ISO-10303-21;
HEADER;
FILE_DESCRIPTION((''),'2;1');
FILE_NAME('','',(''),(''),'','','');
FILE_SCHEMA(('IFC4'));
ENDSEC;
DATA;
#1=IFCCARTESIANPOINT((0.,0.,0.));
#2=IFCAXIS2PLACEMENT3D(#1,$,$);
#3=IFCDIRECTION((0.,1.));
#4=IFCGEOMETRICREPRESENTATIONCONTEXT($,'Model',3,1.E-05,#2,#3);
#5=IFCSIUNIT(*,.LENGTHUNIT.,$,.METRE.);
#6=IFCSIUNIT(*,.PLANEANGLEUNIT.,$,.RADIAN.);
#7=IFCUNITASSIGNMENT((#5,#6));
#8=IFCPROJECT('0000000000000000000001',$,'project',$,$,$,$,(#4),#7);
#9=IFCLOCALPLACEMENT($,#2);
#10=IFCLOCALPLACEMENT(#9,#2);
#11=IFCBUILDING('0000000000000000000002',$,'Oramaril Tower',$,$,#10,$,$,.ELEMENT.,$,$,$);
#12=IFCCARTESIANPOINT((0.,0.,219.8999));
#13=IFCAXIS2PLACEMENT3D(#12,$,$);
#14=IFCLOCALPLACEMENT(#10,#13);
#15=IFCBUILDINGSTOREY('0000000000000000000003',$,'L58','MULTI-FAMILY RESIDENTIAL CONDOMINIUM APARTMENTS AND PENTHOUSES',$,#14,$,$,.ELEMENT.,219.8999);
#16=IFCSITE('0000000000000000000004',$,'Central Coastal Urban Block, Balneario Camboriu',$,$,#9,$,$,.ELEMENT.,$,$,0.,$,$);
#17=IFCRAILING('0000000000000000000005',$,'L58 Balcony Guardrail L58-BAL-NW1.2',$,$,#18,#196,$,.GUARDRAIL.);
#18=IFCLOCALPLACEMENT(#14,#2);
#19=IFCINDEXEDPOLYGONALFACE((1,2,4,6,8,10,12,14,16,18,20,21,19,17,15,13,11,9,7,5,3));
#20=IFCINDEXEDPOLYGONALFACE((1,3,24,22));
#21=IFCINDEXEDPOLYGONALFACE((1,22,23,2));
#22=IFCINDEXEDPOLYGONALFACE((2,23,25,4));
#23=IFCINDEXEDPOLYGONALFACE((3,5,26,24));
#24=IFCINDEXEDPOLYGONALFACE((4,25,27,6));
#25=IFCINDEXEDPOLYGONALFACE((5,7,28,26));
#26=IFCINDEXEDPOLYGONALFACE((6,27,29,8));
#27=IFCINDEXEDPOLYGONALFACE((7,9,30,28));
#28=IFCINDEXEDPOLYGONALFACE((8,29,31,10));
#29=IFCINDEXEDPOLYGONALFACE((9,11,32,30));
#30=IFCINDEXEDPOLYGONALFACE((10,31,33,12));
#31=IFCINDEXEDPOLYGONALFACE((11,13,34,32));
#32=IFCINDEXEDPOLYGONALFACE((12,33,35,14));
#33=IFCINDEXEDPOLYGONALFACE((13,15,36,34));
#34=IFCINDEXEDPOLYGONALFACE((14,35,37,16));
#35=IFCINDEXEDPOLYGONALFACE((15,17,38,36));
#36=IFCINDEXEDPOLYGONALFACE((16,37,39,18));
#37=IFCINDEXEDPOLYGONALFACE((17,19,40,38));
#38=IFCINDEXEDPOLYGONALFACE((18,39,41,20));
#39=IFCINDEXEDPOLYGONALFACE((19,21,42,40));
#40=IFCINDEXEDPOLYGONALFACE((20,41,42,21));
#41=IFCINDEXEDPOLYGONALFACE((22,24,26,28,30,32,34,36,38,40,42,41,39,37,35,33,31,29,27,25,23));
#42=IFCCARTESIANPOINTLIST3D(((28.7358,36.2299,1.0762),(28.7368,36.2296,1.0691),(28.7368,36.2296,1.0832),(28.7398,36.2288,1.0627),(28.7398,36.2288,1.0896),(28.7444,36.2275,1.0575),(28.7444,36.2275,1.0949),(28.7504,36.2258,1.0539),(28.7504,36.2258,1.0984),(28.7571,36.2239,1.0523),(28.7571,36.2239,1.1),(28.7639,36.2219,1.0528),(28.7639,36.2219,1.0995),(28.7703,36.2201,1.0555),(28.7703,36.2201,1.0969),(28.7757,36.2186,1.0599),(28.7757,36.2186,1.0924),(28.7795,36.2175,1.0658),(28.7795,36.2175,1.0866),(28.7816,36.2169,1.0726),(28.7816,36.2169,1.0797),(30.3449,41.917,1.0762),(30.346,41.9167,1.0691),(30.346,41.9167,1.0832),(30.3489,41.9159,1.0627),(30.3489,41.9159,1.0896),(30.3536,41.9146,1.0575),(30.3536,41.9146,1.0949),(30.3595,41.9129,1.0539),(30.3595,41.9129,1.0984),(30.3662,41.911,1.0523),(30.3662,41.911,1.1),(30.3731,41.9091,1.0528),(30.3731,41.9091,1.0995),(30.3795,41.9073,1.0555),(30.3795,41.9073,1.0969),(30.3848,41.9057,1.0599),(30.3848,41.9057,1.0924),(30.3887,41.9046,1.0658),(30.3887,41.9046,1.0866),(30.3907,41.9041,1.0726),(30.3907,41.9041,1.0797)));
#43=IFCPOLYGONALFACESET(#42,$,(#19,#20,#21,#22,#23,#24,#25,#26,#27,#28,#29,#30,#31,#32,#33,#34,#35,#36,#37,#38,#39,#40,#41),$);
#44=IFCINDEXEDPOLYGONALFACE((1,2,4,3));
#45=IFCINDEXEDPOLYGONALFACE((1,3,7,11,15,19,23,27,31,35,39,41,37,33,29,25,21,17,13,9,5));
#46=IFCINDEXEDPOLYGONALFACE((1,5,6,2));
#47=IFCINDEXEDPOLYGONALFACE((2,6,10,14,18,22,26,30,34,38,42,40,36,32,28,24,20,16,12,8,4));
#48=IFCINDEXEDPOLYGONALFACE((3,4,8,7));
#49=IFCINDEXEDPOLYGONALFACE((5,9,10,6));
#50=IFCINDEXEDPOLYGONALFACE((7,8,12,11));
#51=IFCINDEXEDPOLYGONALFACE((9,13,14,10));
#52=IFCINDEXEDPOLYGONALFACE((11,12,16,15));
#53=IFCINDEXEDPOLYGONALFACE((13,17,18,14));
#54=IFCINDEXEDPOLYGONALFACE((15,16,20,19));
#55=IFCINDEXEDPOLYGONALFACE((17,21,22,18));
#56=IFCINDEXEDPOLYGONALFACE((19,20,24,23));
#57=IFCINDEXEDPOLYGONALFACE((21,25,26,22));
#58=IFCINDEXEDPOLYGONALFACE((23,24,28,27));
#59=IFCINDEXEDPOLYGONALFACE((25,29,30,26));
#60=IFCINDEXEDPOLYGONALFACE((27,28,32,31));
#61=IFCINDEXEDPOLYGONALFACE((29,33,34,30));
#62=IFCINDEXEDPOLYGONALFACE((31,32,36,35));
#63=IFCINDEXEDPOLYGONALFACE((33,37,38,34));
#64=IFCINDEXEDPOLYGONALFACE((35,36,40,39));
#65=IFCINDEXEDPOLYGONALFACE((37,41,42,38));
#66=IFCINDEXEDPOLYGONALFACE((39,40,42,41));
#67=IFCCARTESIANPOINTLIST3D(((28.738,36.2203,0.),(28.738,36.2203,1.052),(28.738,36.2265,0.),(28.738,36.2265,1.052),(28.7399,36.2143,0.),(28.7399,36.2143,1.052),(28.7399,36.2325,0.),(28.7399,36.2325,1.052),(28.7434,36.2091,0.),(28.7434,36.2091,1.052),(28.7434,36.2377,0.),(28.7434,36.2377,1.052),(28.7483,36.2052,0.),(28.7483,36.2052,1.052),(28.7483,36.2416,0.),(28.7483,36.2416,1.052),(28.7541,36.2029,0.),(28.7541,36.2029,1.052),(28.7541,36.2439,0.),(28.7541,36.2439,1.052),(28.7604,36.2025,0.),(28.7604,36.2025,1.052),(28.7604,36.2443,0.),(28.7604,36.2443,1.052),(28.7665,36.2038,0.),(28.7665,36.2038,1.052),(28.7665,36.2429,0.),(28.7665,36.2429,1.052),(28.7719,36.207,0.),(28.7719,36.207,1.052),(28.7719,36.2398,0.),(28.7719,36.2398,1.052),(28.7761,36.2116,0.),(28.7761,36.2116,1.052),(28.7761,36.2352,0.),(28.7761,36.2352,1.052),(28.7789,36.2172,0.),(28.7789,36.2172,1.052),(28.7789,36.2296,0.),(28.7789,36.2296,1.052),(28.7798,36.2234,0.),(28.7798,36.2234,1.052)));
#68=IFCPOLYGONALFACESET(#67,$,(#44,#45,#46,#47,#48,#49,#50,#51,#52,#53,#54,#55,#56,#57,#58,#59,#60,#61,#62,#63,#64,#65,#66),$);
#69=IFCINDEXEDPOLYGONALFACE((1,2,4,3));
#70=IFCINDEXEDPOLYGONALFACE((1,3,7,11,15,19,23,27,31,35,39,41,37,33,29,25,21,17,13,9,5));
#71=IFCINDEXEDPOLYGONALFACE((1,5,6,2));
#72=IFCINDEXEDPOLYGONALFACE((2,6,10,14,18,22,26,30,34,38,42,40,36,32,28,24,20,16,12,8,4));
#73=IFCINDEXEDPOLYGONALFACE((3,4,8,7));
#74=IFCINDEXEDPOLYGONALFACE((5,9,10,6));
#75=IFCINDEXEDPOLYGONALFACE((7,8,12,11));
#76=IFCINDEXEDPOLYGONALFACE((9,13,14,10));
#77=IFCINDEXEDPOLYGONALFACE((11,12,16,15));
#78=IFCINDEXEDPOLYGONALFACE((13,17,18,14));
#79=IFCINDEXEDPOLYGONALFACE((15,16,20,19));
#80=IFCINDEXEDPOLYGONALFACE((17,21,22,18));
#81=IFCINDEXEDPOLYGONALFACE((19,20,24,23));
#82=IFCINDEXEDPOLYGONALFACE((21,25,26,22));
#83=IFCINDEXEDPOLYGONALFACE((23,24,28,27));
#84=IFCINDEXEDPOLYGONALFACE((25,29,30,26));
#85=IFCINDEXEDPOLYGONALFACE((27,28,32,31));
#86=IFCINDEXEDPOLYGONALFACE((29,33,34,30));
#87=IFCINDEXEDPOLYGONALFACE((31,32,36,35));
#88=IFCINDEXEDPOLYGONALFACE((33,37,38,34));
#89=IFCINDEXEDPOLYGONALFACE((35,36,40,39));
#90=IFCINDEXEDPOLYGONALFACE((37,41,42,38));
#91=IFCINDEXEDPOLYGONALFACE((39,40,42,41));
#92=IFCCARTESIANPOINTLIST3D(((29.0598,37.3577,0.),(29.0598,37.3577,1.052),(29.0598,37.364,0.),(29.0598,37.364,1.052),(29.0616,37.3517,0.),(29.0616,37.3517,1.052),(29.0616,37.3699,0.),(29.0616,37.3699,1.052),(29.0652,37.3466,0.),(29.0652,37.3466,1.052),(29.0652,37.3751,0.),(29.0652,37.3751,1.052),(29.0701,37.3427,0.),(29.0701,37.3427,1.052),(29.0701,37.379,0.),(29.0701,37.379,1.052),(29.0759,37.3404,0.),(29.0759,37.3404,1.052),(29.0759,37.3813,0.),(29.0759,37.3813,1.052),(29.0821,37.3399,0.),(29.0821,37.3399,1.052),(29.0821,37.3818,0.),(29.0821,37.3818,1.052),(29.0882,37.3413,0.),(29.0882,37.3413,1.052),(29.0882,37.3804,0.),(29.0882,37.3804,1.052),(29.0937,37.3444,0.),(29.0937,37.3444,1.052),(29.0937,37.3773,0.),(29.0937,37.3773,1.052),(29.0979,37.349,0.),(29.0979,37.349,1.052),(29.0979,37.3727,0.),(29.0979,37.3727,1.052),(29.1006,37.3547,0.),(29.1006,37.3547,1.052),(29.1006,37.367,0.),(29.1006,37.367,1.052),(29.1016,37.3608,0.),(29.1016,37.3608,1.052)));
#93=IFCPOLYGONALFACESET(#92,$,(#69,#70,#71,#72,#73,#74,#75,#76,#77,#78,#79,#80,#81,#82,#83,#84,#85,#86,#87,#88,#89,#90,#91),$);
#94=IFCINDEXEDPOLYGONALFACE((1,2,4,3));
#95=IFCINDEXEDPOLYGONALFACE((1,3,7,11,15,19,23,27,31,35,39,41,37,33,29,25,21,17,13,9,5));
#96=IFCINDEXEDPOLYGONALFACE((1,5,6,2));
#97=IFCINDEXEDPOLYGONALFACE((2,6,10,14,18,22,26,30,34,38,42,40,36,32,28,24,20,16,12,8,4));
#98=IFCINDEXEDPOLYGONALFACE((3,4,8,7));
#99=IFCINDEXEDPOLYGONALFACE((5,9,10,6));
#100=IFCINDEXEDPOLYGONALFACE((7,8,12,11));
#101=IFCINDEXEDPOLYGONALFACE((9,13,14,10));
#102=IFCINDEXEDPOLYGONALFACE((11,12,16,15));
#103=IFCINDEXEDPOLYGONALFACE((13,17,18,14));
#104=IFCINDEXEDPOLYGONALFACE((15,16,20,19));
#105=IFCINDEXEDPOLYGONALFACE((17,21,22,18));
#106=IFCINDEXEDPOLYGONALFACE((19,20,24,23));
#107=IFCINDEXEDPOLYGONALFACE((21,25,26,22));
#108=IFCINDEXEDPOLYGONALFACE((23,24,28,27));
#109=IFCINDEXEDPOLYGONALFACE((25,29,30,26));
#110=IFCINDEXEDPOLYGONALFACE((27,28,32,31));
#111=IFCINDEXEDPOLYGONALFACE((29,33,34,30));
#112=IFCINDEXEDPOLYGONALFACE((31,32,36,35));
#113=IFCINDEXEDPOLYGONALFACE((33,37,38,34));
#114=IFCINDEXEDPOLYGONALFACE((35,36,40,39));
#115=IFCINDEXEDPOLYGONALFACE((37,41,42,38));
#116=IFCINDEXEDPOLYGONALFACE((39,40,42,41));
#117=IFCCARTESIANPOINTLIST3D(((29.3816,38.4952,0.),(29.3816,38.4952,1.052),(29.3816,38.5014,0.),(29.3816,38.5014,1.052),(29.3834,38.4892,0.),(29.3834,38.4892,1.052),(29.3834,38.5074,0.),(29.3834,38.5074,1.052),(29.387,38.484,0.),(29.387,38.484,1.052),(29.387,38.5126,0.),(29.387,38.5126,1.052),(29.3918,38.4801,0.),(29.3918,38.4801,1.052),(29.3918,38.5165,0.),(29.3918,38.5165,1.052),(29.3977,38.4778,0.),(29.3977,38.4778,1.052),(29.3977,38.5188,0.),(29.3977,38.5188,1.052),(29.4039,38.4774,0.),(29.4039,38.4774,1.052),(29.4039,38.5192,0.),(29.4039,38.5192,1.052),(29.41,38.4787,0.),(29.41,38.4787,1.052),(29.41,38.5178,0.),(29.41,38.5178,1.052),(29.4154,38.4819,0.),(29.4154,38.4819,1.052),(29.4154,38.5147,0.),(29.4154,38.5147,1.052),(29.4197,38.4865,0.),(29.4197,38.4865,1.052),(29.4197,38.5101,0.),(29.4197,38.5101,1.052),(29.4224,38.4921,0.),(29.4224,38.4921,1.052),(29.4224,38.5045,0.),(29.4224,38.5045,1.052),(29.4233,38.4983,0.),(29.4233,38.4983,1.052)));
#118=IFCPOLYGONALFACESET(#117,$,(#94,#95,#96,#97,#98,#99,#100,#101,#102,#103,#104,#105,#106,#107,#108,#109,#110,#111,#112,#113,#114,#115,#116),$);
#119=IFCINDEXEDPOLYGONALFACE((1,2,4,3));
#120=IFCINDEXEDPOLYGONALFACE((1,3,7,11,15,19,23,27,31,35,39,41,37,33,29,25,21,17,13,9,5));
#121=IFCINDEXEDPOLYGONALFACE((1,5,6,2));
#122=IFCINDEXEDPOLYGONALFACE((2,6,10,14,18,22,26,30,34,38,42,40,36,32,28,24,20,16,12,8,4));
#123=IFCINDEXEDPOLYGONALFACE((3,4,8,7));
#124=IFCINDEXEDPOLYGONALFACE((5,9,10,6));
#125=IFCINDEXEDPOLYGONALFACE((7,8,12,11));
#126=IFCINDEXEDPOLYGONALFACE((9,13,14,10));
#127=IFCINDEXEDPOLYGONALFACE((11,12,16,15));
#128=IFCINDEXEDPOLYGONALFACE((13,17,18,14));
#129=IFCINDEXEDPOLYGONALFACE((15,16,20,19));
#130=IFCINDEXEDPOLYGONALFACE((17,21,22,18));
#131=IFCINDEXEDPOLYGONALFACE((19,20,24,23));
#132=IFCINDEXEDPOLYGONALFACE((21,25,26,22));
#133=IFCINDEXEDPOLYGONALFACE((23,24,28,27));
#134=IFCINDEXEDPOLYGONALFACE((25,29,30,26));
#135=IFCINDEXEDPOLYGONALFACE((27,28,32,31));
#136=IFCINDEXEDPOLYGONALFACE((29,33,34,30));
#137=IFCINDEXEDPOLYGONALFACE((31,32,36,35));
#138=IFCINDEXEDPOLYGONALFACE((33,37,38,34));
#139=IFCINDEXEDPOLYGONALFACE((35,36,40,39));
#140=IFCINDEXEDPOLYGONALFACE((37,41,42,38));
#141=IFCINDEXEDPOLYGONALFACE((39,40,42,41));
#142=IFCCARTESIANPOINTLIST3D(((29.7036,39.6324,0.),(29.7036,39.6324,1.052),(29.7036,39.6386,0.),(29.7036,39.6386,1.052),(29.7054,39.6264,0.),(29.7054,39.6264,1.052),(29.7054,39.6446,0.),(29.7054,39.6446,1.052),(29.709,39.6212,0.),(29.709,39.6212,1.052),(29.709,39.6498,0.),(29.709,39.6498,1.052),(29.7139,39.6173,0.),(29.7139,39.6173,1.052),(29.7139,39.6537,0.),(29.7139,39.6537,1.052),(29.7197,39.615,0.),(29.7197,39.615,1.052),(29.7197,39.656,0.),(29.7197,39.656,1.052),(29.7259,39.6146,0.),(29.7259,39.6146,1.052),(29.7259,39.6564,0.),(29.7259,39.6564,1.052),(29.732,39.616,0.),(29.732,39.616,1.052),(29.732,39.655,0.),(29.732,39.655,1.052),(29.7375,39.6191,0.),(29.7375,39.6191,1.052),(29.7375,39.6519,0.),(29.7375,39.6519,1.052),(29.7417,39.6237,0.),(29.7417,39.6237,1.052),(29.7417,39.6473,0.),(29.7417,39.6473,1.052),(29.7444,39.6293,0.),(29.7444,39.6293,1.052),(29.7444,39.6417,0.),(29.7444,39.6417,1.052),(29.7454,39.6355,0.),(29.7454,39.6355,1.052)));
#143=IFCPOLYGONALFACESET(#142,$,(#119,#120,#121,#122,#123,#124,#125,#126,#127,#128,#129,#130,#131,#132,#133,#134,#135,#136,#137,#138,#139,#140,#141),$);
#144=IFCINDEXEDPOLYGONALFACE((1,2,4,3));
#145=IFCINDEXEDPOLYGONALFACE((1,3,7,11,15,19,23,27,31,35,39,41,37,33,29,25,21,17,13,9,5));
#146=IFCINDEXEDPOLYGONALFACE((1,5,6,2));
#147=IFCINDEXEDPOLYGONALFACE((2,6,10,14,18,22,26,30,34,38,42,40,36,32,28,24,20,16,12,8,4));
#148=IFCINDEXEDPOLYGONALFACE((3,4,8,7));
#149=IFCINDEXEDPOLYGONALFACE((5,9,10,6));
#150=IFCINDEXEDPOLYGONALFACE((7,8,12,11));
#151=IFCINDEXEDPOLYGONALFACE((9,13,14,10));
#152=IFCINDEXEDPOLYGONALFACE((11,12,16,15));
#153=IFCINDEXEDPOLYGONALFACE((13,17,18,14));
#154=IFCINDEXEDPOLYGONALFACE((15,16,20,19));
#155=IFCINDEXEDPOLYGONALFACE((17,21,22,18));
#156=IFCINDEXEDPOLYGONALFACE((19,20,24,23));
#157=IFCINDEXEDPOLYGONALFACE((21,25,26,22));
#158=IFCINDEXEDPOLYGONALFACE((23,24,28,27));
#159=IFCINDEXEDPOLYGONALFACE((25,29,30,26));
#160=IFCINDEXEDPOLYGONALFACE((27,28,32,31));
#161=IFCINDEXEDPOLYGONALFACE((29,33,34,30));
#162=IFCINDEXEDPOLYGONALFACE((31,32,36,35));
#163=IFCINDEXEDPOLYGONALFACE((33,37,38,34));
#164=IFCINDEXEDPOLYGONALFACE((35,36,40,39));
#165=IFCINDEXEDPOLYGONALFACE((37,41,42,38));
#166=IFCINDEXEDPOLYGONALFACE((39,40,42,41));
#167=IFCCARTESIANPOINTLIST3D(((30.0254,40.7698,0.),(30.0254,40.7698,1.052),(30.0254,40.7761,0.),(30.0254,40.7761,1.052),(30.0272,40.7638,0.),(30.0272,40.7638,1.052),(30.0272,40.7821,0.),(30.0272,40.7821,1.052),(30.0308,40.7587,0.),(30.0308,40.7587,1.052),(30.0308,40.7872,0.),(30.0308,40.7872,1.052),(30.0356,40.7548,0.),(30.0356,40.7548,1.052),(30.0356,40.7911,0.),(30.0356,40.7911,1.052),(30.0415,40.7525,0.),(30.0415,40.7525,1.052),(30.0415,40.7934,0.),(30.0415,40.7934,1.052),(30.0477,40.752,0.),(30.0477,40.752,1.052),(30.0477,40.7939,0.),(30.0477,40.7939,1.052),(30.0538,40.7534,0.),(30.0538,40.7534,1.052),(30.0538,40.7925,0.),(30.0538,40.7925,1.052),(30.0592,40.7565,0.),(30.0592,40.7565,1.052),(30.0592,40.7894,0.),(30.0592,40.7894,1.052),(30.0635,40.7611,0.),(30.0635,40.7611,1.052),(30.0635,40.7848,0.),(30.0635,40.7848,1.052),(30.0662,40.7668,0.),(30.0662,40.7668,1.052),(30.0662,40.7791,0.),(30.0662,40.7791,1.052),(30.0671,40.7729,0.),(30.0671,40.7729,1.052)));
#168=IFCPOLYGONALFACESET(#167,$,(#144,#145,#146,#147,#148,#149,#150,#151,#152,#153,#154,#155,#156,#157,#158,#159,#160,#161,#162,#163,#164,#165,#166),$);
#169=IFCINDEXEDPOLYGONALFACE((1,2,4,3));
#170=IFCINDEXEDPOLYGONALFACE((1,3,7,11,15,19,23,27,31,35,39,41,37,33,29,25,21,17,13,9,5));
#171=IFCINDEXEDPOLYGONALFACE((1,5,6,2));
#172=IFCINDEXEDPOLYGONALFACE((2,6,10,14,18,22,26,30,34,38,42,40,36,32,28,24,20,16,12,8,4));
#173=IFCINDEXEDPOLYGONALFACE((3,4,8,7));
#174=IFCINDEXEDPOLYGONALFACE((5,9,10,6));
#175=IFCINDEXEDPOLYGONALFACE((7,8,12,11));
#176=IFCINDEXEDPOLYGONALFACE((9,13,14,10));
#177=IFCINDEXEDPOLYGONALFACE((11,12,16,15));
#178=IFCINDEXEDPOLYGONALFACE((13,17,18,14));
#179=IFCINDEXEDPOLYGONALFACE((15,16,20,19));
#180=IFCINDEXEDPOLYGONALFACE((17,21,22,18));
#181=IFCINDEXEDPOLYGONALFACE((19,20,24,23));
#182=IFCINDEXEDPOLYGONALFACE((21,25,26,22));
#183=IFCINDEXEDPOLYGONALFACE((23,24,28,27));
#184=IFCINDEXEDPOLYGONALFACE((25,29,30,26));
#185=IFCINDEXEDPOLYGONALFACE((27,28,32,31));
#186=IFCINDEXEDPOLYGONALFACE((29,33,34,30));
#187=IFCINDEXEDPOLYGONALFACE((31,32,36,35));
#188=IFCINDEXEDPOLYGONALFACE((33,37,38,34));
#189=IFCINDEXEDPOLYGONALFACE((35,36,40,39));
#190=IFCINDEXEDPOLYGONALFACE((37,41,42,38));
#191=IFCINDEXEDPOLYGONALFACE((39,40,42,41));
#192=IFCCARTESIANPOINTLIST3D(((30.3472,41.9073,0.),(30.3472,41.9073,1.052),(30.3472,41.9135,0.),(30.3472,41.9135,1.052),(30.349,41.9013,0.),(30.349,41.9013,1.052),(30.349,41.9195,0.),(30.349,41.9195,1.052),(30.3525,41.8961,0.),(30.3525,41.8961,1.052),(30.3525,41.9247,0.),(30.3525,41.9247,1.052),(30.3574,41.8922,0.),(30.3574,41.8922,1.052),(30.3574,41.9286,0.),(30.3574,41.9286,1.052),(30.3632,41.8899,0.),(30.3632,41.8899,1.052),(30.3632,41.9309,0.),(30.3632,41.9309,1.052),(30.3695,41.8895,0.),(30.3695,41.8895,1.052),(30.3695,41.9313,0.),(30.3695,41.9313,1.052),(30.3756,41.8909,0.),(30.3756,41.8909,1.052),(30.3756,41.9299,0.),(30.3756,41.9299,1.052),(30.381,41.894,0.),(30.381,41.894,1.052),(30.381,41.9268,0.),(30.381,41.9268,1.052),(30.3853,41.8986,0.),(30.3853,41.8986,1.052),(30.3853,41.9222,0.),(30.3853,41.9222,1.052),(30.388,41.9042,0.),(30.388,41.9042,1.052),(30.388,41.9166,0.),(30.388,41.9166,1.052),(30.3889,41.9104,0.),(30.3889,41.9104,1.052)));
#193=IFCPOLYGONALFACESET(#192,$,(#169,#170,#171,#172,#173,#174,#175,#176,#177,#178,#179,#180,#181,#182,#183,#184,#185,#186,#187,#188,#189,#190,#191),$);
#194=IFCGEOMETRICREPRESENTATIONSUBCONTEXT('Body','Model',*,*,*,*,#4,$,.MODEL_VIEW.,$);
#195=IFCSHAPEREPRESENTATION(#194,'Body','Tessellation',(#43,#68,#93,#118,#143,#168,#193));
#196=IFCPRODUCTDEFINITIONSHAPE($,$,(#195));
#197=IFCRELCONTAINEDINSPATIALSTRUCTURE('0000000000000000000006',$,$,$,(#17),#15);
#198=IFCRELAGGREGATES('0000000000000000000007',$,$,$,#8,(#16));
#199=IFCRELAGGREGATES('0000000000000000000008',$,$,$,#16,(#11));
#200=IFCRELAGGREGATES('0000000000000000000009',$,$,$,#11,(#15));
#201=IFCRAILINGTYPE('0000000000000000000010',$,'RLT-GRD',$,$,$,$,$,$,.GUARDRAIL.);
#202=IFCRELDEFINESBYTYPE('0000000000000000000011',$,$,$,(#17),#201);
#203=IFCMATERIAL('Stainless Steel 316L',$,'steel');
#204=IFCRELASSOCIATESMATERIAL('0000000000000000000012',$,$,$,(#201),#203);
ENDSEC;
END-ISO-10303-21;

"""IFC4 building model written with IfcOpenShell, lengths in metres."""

from ifc_helpers import new_model, si_unit, direction, frame, origin, origin_2d, place, context, subcontext, project, spatial, circle, extrude, material, type_object, element, save


model = new_model("IFC4")

# Units and contexts
model_context = context("Model", 3, precision=1e-05, world=origin(), true_north=direction((0.0, 1.0)))
body_context = subcontext(model_context, "Body", "Model", "MODEL_VIEW")
ifc_project = project(units=[si_unit("LENGTHUNIT", "METRE"), si_unit("PLANEANGLEUNIT", "RADIAN")], contexts=[model_context])

# Site, building, storey
site_placement = place(None, origin())
site = spatial("IfcSite", under=ifc_project, at=site_placement, Name="Central Coastal Urban Block, Balneario Camboriu", CompositionType="ELEMENT", RefElevation=0.0)
building_placement = place(site_placement, origin())
building = spatial("IfcBuilding", under=site, at=building_placement, Name="Oramaril Tower", CompositionType="ELEMENT")
storey_placement = place(building_placement, frame((0.0, 0.0, 219.8999)))
storey = spatial("IfcBuildingStorey", under=building, at=storey_placement, Name="L58", Description="MULTI-FAMILY RESIDENTIAL CONDOMINIUM APARTMENTS AND PENTHOUSES", CompositionType="ELEMENT", Elevation=219.8999)

# Railing
ifc_material_1 = material(Name="Stainless Steel 316L", Category="steel")
railing_type = type_object("IfcRailingType", Name="RLT-GRD", PredefinedType="GUARDRAIL", material=ifc_material_1)
railing_1_placement = place(storey_placement, frame((28.7588, 36.2234, 0.0)))
element("IfcRailing", 1, at=railing_1_placement, inside=storey, type_object=railing_type, Name="L58 Balcony Guardrail L58-BAL-NW1.2", PredefinedType="GUARDRAIL", context=body_context, shape_type="SweptSolid", body=[
    extrude(circle(Radius=0.0239, at=origin_2d()), frame((0.0, 0.0, 1.0762), z_axis=(0.27226, 0.962224, 0.0), x_axis=(-0.962224, 0.27226, 0.0)), (0.0, 0.0, 1.0), 5.9104),
    extrude(circle(Radius=0.021, at=origin_2d()), origin(), (0.0, 0.0, 1.0), 1.052),
    extrude(circle(Radius=0.021, at=origin_2d()), frame((0.3218, 1.1375, 0.0)), (0.0, 0.0, 1.0), 1.052),
    extrude(circle(Radius=0.021, at=origin_2d()), frame((0.6436, 2.2749, 0.0)), (0.0, 0.0, 1.0), 1.052),
    extrude(circle(Radius=0.021, at=origin_2d()), frame((0.9656, 3.4121, 0.0)), (0.0, 0.0, 1.0), 1.052),
    extrude(circle(Radius=0.021, at=origin_2d()), frame((1.2874, 4.5496, 0.0)), (0.0, 0.0, 1.0), 1.052),
    extrude(circle(Radius=0.021, at=origin_2d()), frame((1.6091, 5.687, 0.0)), (0.0, 0.0, 1.0), 1.052),
])

save(model, "model.ifc")
